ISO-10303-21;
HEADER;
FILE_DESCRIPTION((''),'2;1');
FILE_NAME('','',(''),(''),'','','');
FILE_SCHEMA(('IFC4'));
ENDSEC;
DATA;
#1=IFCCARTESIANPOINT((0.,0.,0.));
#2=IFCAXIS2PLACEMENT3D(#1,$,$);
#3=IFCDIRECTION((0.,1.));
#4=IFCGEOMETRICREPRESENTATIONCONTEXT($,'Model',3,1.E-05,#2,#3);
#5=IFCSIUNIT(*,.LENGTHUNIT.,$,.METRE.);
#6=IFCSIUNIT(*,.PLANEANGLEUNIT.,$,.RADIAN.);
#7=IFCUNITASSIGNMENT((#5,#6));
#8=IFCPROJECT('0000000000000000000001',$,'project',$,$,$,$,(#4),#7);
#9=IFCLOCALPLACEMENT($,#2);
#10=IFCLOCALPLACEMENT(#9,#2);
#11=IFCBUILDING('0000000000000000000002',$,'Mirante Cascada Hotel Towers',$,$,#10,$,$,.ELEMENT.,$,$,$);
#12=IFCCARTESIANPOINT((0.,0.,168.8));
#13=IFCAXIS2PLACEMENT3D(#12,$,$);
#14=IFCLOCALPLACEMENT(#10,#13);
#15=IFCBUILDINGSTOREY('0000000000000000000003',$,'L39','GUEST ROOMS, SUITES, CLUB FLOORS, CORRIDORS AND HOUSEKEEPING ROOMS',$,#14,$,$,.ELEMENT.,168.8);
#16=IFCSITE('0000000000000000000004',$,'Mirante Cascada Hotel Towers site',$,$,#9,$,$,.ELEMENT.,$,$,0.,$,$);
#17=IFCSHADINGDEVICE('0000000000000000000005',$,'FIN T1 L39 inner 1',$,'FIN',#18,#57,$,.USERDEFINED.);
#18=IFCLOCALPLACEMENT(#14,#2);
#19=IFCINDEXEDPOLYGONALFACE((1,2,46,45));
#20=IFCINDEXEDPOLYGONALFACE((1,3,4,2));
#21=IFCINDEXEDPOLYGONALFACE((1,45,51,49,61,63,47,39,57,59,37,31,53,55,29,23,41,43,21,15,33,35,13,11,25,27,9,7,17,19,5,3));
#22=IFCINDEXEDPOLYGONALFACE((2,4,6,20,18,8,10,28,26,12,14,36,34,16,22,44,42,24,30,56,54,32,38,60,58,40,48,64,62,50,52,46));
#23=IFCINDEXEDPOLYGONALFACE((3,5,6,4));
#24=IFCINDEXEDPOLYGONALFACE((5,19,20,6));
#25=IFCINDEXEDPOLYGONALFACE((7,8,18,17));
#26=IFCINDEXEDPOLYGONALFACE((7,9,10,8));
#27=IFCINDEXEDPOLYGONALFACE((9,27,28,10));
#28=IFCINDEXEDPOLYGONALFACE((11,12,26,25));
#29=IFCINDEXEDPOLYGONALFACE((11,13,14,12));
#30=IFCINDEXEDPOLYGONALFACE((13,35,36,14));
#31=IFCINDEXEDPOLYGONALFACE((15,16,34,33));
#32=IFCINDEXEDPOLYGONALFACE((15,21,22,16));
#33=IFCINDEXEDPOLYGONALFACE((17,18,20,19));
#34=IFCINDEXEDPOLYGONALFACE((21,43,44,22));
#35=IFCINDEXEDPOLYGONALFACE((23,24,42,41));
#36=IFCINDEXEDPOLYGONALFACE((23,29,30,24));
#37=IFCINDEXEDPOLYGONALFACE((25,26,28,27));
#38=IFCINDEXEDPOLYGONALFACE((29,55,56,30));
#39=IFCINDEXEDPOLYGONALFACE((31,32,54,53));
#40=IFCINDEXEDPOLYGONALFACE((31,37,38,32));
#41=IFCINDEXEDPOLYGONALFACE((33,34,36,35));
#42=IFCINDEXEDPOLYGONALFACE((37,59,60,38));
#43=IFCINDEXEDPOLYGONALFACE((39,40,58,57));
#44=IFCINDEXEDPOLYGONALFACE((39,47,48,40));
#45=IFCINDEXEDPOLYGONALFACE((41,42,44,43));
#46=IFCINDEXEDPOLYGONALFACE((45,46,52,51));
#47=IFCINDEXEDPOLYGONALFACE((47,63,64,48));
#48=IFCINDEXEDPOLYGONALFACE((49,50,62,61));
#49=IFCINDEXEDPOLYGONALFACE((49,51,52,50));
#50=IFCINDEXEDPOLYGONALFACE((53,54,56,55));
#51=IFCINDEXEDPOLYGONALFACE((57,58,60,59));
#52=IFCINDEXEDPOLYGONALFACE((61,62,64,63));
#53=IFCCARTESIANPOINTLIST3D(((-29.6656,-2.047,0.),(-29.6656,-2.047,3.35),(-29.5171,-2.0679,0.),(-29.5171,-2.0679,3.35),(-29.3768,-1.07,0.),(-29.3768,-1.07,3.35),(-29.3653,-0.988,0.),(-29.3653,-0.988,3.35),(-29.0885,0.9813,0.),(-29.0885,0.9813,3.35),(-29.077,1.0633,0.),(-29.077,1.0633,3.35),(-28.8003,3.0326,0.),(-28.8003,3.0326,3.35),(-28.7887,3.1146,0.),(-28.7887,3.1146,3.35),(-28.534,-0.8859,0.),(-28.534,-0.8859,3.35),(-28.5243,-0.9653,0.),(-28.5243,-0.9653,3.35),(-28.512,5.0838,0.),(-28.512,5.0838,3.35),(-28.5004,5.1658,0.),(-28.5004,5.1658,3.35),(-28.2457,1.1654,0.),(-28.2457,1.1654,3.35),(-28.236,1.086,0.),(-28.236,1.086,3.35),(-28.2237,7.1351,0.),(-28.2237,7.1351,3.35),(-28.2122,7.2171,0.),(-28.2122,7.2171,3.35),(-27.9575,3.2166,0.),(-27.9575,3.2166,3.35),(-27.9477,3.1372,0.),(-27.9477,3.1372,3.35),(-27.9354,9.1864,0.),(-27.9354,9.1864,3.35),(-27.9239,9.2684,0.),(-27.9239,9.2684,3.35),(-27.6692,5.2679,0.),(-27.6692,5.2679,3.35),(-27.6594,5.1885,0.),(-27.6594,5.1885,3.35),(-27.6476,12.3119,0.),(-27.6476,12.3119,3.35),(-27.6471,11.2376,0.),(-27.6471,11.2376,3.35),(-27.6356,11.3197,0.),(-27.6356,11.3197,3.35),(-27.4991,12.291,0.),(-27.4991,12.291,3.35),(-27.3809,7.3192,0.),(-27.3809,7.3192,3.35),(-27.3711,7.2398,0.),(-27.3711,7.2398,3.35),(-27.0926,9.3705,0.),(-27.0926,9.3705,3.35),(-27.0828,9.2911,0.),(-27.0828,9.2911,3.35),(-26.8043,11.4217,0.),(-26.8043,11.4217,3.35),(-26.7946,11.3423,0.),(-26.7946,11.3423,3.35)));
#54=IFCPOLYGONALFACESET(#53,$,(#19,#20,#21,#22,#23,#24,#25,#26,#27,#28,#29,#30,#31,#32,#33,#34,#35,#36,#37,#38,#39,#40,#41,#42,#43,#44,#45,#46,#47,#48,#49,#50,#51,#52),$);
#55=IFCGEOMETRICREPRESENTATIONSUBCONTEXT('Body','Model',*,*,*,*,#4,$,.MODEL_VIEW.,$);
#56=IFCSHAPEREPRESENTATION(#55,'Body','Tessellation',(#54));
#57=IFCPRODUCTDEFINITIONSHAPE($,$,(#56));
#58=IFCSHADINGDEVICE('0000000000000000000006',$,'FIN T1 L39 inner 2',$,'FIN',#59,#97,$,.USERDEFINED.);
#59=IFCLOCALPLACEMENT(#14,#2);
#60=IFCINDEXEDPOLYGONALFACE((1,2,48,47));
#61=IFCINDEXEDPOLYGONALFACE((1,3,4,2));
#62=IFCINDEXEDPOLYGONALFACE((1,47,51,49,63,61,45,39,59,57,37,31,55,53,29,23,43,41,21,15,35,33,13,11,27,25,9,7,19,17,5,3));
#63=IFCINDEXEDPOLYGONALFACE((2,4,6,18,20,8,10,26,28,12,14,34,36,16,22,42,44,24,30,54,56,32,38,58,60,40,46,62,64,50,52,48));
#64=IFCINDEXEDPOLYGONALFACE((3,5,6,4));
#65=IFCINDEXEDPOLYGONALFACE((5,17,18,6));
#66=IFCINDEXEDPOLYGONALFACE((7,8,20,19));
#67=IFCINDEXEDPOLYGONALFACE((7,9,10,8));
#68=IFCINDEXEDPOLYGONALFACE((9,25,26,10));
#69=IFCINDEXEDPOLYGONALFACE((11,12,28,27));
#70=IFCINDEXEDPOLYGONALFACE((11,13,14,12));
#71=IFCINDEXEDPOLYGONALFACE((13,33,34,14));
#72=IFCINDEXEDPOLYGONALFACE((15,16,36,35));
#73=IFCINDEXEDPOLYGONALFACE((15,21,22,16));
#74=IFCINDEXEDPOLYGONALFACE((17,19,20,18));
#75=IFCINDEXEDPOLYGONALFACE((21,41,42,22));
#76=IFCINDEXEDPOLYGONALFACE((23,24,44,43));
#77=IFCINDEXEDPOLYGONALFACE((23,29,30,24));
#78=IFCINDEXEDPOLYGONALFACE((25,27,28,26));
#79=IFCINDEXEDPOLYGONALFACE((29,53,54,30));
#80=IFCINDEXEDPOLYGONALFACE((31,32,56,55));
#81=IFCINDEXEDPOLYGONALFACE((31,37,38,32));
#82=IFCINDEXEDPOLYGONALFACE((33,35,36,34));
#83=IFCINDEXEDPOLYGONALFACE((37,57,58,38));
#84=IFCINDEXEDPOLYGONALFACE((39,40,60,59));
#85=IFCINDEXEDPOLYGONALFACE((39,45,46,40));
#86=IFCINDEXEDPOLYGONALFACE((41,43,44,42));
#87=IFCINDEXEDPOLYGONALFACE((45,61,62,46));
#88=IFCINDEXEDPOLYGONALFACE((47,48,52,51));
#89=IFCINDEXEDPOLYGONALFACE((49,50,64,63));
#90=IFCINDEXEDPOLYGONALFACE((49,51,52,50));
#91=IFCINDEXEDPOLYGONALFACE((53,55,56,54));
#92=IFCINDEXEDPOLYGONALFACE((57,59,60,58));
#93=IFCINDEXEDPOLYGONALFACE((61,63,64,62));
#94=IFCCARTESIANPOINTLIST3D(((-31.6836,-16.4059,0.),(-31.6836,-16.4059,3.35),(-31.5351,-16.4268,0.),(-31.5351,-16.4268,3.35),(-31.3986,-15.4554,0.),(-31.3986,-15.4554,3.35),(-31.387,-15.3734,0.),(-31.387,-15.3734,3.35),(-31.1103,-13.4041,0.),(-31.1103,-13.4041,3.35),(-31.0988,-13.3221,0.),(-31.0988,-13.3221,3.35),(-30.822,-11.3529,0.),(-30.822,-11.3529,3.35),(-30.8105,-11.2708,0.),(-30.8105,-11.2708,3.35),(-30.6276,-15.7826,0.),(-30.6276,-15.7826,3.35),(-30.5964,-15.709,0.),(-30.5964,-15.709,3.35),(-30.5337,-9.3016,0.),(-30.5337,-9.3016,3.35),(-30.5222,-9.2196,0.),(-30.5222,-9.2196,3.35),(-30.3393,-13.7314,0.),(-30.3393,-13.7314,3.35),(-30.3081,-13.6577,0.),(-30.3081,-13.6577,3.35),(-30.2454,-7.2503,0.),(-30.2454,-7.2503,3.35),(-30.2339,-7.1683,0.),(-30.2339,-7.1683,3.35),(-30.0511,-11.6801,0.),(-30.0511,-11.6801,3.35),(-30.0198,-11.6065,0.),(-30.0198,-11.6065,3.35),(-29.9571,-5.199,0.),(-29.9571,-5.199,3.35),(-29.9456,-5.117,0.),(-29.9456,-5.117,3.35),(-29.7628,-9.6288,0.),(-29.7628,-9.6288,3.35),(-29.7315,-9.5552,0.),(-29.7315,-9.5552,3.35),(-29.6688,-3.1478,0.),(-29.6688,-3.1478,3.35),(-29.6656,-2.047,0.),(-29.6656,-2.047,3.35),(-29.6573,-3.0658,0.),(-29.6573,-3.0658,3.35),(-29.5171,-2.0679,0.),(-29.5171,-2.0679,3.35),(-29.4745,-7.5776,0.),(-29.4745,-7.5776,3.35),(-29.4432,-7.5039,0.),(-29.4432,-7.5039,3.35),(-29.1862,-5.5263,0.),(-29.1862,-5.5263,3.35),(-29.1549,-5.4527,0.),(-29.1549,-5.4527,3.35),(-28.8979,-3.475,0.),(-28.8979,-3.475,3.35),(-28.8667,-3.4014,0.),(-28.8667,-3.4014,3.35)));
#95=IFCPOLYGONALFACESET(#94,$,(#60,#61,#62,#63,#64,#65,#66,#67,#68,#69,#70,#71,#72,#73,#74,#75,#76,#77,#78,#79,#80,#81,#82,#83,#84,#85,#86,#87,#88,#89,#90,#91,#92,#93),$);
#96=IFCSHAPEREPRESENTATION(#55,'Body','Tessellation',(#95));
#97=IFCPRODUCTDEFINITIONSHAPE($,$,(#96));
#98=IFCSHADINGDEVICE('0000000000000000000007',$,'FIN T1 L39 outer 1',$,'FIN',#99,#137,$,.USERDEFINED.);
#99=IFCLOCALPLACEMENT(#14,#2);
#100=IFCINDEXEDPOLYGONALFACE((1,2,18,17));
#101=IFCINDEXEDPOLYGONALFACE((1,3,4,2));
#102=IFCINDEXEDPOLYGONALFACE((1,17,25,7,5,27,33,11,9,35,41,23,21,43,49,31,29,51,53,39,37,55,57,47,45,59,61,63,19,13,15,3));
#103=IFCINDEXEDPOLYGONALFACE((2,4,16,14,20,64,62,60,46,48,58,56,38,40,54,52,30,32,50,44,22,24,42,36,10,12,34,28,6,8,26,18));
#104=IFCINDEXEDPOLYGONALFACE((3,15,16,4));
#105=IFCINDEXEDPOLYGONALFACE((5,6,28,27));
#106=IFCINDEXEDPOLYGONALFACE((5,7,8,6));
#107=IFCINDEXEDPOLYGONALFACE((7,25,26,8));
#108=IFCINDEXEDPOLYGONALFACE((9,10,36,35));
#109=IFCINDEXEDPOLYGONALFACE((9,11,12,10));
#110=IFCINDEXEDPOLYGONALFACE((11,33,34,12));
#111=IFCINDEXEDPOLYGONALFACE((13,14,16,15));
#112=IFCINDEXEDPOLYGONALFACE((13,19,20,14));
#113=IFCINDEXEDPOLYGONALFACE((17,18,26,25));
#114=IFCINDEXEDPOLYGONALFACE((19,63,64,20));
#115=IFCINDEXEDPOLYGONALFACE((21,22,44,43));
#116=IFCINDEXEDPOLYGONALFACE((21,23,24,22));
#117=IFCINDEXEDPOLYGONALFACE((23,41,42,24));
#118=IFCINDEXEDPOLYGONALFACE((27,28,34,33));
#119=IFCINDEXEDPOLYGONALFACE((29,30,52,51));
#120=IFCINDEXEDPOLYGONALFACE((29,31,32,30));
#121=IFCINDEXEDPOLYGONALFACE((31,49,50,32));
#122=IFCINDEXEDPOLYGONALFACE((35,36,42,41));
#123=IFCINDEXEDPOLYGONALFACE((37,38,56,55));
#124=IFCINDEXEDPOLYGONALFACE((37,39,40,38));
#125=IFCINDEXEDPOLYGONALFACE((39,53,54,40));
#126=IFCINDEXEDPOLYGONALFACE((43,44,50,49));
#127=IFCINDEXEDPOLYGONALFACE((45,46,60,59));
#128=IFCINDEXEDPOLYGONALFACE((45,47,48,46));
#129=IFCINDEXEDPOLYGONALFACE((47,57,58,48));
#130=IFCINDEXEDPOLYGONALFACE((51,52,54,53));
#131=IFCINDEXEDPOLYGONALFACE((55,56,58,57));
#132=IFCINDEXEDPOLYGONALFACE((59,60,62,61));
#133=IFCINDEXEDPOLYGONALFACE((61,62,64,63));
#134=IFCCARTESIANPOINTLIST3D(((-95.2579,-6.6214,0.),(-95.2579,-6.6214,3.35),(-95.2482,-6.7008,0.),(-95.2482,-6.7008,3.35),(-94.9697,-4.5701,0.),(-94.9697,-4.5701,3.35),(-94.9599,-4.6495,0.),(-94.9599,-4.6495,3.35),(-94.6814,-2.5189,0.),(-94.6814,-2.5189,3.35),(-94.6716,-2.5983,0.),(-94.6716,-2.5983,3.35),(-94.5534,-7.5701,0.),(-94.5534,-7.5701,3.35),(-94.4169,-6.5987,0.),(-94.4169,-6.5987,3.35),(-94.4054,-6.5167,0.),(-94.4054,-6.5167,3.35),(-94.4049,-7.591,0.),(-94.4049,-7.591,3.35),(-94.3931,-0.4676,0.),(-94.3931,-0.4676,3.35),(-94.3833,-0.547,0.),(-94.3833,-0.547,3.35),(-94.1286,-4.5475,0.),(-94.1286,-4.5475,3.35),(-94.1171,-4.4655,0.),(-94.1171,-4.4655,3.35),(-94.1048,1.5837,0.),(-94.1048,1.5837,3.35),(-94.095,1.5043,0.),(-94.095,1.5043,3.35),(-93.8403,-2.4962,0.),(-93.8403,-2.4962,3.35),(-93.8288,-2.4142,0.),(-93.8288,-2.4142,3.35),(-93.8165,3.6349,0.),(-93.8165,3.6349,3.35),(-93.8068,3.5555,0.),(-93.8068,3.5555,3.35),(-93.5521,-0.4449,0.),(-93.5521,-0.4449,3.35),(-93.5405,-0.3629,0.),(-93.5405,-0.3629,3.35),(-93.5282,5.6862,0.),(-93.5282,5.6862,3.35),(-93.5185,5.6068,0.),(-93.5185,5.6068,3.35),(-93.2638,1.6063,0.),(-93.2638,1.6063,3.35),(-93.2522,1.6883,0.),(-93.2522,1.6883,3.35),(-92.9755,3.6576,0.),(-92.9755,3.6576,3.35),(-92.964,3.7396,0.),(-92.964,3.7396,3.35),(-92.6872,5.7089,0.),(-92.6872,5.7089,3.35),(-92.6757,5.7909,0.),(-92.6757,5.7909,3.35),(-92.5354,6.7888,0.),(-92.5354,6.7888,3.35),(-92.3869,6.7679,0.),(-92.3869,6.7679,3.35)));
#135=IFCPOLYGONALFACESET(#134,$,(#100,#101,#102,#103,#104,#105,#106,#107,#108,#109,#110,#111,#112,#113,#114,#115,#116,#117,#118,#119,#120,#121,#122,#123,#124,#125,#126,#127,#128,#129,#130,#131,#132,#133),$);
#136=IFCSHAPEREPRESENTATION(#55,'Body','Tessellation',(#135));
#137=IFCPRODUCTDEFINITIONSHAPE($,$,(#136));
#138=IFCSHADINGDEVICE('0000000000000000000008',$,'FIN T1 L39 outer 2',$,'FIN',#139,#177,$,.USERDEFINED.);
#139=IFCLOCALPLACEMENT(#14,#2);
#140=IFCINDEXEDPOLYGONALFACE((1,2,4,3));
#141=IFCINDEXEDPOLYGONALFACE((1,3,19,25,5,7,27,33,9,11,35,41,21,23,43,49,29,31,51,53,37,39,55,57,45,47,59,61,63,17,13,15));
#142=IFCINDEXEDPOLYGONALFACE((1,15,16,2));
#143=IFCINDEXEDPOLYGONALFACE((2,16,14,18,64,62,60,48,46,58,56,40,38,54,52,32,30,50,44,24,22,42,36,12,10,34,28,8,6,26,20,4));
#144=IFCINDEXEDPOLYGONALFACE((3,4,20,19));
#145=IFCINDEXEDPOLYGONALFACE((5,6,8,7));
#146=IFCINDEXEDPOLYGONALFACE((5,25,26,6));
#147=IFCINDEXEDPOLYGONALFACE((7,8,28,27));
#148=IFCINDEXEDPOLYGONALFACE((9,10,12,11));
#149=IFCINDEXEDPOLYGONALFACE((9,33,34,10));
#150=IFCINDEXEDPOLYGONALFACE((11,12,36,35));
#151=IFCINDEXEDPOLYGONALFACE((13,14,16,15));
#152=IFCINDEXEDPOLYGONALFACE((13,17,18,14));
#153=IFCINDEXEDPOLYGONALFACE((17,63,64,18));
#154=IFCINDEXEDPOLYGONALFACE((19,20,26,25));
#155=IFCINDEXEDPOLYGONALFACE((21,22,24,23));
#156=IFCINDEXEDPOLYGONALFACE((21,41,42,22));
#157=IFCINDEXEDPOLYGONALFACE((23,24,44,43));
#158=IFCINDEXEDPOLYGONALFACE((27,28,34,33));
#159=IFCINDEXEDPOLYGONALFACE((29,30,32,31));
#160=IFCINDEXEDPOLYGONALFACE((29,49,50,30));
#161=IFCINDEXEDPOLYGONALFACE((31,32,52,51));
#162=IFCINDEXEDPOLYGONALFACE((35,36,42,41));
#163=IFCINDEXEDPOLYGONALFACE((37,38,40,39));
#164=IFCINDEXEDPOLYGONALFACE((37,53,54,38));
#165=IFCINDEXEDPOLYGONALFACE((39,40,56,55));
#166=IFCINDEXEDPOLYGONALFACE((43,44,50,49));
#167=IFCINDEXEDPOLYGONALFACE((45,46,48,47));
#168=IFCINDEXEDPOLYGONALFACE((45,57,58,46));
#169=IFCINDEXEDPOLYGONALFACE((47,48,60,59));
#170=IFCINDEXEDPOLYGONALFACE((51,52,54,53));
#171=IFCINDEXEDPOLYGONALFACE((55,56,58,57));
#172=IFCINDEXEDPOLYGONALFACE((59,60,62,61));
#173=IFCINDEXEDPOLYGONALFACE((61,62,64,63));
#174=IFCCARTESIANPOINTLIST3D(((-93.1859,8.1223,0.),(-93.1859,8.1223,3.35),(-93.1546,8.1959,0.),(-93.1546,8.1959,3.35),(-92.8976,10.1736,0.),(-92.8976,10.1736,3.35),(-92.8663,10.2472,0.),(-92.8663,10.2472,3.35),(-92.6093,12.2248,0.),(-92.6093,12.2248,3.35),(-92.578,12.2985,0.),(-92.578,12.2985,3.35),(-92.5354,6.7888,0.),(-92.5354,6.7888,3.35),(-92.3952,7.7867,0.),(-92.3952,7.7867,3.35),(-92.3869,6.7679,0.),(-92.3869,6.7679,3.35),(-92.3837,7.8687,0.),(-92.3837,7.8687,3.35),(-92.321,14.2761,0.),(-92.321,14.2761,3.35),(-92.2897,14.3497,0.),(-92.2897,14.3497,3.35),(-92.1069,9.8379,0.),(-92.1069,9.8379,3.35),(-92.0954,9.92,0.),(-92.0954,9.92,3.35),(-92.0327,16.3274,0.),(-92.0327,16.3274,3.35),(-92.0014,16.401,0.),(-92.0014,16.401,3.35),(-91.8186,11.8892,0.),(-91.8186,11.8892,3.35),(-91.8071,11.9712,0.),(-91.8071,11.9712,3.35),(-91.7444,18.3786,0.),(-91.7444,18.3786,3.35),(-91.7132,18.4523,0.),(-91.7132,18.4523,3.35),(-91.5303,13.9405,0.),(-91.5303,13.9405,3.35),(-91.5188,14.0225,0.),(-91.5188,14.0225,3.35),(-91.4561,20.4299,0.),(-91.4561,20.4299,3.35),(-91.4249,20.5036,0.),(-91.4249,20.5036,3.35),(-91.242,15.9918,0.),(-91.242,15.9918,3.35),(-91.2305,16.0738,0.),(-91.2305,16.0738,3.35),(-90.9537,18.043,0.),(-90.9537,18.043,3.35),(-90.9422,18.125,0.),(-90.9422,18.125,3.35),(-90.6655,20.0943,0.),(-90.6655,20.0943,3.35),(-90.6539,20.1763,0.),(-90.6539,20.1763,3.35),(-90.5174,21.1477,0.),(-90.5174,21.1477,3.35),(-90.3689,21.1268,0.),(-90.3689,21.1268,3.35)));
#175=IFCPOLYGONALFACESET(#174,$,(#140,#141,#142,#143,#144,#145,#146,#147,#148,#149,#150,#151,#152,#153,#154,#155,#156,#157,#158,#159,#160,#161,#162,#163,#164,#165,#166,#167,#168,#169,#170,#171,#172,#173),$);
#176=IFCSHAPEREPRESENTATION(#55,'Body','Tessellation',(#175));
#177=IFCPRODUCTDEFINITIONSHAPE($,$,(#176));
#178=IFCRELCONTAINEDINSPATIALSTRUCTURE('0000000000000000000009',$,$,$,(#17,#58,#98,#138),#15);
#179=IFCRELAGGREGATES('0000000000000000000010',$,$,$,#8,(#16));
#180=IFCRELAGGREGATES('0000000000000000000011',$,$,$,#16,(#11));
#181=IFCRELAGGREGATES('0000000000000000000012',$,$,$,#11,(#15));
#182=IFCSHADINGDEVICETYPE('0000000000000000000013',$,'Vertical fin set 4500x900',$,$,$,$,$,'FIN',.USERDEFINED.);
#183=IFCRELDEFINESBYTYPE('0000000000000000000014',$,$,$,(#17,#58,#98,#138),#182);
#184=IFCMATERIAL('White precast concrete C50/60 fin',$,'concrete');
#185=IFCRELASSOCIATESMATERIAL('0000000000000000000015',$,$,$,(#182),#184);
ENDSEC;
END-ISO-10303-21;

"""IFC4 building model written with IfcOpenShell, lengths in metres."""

from ifc_helpers import new_model, si_unit, direction, frame, origin, place, context, subcontext, project, spatial, polyline, outline, extrude, material, type_object, element, save


model = new_model("IFC4")

# Units and contexts
model_context = context("Model", 3, precision=1e-05, world=origin(), true_north=direction((0.0, 1.0)))
body_context = subcontext(model_context, "Body", "Model", "MODEL_VIEW")
ifc_project = project(units=[si_unit("LENGTHUNIT", "METRE"), si_unit("PLANEANGLEUNIT", "RADIAN")], contexts=[model_context])

# Site, building, storey
site_placement = place(None, origin())
site = spatial("IfcSite", under=ifc_project, at=site_placement, Name="Mirante Cascada Hotel Towers site", CompositionType="ELEMENT", RefElevation=0.0)
building_placement = place(site_placement, origin())
building = spatial("IfcBuilding", under=site, at=building_placement, Name="Mirante Cascada Hotel Towers", CompositionType="ELEMENT")
storey_placement = place(building_placement, frame((0.0, 0.0, 168.8)))
storey = spatial("IfcBuildingStorey", under=building, at=storey_placement, Name="L39", Description="GUEST ROOMS, SUITES, CLUB FLOORS, CORRIDORS AND HOUSEKEEPING ROOMS", CompositionType="ELEMENT", Elevation=168.8)

# Shading devices
ifc_material_1 = material(Name="White precast concrete C50/60 fin", Category="concrete")
shading_device_type = type_object("IfcShadingDeviceType", Name="Vertical fin set 4500x900", ElementType="FIN", PredefinedType="USERDEFINED", material=ifc_material_1)
shading_device_1_placement = place(storey_placement, origin())
element("IfcShadingDevice", 1, at=shading_device_1_placement, inside=storey, type_object=shading_device_type, Name="FIN T1 L39 inner 1", ObjectType="FIN", PredefinedType="USERDEFINED", context=body_context, shape_type="SweptSolid", body=[
    extrude(outline(polyline([(-29.3768, -1.07), (-29.5171, -2.0679), (-29.6656, -2.047), (-27.6476, 12.3119), (-27.4991, 12.291), (-27.6356, 11.3197), (-26.8043, 11.4217), (-26.7946, 11.3423), (-27.6471, 11.2376), (-27.9239, 9.2684), (-27.0926, 9.3705), (-27.0828, 9.2911), (-27.9354, 9.1864), (-28.2122, 7.2171), (-27.3809, 7.3192), (-27.3711, 7.2398), (-28.2237, 7.1351), (-28.5004, 5.1658), (-27.6692, 5.2679), (-27.6594, 5.1885), (-28.512, 5.0838), (-28.7887, 3.1146), (-27.9575, 3.2166), (-27.9477, 3.1372), (-28.8003, 3.0326), (-29.077, 1.0633), (-28.2457, 1.1654), (-28.236, 1.086), (-29.0885, 0.9813), (-29.3653, -0.988), (-28.534, -0.8859), (-28.5243, -0.9653), (-29.3768, -1.07)])), origin(), (0.0, 0.0, 1.0), 3.35),
])
shading_device_2_placement = place(storey_placement, origin())
element("IfcShadingDevice", 2, at=shading_device_2_placement, inside=storey, type_object=shading_device_type, Name="FIN T1 L39 inner 2", ObjectType="FIN", PredefinedType="USERDEFINED", context=body_context, shape_type="SweptSolid", body=[
    extrude(outline(polyline([(-31.3986, -15.4554), (-31.5351, -16.4268), (-31.6836, -16.4059), (-29.6656, -2.047), (-29.5171, -2.0679), (-29.6573, -3.0658), (-28.8667, -3.4014), (-28.8979, -3.475), (-29.6688, -3.1478), (-29.9456, -5.117), (-29.1549, -5.4527), (-29.1862, -5.5263), (-29.9571, -5.199), (-30.2339, -7.1683), (-29.4432, -7.5039), (-29.4745, -7.5776), (-30.2454, -7.2503), (-30.5222, -9.2196), (-29.7315, -9.5552), (-29.7628, -9.6288), (-30.5337, -9.3016), (-30.8105, -11.2708), (-30.0198, -11.6065), (-30.0511, -11.6801), (-30.822, -11.3529), (-31.0988, -13.3221), (-30.3081, -13.6577), (-30.3393, -13.7314), (-31.1103, -13.4041), (-31.387, -15.3734), (-30.5964, -15.709), (-30.6276, -15.7826), (-31.3986, -15.4554)])), origin(), (0.0, 0.0, 1.0), 3.35),
])
shading_device_3_placement = place(storey_placement, origin())
element("IfcShadingDevice", 3, at=shading_device_3_placement, inside=storey, type_object=shading_device_type, Name="FIN T1 L39 outer 1", ObjectType="FIN", PredefinedType="USERDEFINED", context=body_context, shape_type="SweptSolid", body=[
    extrude(outline(polyline([(-94.4054, -6.5167), (-94.1286, -4.5475), (-94.9599, -4.6495), (-94.9697, -4.5701), (-94.1171, -4.4655), (-93.8403, -2.4962), (-94.6716, -2.5983), (-94.6814, -2.5189), (-93.8288, -2.4142), (-93.5521, -0.4449), (-94.3833, -0.547), (-94.3931, -0.4676), (-93.5405, -0.3629), (-93.2638, 1.6063), (-94.095, 1.5043), (-94.1048, 1.5837), (-93.2522, 1.6883), (-92.9755, 3.6576), (-93.8068, 3.5555), (-93.8165, 3.6349), (-92.964, 3.7396), (-92.6872, 5.7089), (-93.5185, 5.6068), (-93.5282, 5.6862), (-92.6757, 5.7909), (-92.5354, 6.7888), (-92.3869, 6.7679), (-94.4049, -7.591), (-94.5534, -7.5701), (-94.4169, -6.5987), (-95.2482, -6.7008), (-95.2579, -6.6214), (-94.4054, -6.5167)])), origin(), (0.0, 0.0, 1.0), 3.35),
])
shading_device_4_placement = place(storey_placement, origin())
element("IfcShadingDevice", 4, at=shading_device_4_placement, inside=storey, type_object=shading_device_type, Name="FIN T1 L39 outer 2", ObjectType="FIN", PredefinedType="USERDEFINED", context=body_context, shape_type="SweptSolid", body=[
    extrude(outline(polyline([(-92.3837, 7.8687), (-92.1069, 9.8379), (-92.8976, 10.1736), (-92.8663, 10.2472), (-92.0954, 9.92), (-91.8186, 11.8892), (-92.6093, 12.2248), (-92.578, 12.2985), (-91.8071, 11.9712), (-91.5303, 13.9405), (-92.321, 14.2761), (-92.2897, 14.3497), (-91.5188, 14.0225), (-91.242, 15.9918), (-92.0327, 16.3274), (-92.0014, 16.401), (-91.2305, 16.0738), (-90.9537, 18.043), (-91.7444, 18.3786), (-91.7132, 18.4523), (-90.9422, 18.125), (-90.6655, 20.0943), (-91.4561, 20.4299), (-91.4249, 20.5036), (-90.6539, 20.1763), (-90.5174, 21.1477), (-90.3689, 21.1268), (-92.3869, 6.7679), (-92.5354, 6.7888), (-92.3952, 7.7867), (-93.1859, 8.1223), (-93.1546, 8.1959), (-92.3837, 7.8687)])), origin(), (0.0, 0.0, 1.0), 3.35),
])

save(model, "model.ifc")
